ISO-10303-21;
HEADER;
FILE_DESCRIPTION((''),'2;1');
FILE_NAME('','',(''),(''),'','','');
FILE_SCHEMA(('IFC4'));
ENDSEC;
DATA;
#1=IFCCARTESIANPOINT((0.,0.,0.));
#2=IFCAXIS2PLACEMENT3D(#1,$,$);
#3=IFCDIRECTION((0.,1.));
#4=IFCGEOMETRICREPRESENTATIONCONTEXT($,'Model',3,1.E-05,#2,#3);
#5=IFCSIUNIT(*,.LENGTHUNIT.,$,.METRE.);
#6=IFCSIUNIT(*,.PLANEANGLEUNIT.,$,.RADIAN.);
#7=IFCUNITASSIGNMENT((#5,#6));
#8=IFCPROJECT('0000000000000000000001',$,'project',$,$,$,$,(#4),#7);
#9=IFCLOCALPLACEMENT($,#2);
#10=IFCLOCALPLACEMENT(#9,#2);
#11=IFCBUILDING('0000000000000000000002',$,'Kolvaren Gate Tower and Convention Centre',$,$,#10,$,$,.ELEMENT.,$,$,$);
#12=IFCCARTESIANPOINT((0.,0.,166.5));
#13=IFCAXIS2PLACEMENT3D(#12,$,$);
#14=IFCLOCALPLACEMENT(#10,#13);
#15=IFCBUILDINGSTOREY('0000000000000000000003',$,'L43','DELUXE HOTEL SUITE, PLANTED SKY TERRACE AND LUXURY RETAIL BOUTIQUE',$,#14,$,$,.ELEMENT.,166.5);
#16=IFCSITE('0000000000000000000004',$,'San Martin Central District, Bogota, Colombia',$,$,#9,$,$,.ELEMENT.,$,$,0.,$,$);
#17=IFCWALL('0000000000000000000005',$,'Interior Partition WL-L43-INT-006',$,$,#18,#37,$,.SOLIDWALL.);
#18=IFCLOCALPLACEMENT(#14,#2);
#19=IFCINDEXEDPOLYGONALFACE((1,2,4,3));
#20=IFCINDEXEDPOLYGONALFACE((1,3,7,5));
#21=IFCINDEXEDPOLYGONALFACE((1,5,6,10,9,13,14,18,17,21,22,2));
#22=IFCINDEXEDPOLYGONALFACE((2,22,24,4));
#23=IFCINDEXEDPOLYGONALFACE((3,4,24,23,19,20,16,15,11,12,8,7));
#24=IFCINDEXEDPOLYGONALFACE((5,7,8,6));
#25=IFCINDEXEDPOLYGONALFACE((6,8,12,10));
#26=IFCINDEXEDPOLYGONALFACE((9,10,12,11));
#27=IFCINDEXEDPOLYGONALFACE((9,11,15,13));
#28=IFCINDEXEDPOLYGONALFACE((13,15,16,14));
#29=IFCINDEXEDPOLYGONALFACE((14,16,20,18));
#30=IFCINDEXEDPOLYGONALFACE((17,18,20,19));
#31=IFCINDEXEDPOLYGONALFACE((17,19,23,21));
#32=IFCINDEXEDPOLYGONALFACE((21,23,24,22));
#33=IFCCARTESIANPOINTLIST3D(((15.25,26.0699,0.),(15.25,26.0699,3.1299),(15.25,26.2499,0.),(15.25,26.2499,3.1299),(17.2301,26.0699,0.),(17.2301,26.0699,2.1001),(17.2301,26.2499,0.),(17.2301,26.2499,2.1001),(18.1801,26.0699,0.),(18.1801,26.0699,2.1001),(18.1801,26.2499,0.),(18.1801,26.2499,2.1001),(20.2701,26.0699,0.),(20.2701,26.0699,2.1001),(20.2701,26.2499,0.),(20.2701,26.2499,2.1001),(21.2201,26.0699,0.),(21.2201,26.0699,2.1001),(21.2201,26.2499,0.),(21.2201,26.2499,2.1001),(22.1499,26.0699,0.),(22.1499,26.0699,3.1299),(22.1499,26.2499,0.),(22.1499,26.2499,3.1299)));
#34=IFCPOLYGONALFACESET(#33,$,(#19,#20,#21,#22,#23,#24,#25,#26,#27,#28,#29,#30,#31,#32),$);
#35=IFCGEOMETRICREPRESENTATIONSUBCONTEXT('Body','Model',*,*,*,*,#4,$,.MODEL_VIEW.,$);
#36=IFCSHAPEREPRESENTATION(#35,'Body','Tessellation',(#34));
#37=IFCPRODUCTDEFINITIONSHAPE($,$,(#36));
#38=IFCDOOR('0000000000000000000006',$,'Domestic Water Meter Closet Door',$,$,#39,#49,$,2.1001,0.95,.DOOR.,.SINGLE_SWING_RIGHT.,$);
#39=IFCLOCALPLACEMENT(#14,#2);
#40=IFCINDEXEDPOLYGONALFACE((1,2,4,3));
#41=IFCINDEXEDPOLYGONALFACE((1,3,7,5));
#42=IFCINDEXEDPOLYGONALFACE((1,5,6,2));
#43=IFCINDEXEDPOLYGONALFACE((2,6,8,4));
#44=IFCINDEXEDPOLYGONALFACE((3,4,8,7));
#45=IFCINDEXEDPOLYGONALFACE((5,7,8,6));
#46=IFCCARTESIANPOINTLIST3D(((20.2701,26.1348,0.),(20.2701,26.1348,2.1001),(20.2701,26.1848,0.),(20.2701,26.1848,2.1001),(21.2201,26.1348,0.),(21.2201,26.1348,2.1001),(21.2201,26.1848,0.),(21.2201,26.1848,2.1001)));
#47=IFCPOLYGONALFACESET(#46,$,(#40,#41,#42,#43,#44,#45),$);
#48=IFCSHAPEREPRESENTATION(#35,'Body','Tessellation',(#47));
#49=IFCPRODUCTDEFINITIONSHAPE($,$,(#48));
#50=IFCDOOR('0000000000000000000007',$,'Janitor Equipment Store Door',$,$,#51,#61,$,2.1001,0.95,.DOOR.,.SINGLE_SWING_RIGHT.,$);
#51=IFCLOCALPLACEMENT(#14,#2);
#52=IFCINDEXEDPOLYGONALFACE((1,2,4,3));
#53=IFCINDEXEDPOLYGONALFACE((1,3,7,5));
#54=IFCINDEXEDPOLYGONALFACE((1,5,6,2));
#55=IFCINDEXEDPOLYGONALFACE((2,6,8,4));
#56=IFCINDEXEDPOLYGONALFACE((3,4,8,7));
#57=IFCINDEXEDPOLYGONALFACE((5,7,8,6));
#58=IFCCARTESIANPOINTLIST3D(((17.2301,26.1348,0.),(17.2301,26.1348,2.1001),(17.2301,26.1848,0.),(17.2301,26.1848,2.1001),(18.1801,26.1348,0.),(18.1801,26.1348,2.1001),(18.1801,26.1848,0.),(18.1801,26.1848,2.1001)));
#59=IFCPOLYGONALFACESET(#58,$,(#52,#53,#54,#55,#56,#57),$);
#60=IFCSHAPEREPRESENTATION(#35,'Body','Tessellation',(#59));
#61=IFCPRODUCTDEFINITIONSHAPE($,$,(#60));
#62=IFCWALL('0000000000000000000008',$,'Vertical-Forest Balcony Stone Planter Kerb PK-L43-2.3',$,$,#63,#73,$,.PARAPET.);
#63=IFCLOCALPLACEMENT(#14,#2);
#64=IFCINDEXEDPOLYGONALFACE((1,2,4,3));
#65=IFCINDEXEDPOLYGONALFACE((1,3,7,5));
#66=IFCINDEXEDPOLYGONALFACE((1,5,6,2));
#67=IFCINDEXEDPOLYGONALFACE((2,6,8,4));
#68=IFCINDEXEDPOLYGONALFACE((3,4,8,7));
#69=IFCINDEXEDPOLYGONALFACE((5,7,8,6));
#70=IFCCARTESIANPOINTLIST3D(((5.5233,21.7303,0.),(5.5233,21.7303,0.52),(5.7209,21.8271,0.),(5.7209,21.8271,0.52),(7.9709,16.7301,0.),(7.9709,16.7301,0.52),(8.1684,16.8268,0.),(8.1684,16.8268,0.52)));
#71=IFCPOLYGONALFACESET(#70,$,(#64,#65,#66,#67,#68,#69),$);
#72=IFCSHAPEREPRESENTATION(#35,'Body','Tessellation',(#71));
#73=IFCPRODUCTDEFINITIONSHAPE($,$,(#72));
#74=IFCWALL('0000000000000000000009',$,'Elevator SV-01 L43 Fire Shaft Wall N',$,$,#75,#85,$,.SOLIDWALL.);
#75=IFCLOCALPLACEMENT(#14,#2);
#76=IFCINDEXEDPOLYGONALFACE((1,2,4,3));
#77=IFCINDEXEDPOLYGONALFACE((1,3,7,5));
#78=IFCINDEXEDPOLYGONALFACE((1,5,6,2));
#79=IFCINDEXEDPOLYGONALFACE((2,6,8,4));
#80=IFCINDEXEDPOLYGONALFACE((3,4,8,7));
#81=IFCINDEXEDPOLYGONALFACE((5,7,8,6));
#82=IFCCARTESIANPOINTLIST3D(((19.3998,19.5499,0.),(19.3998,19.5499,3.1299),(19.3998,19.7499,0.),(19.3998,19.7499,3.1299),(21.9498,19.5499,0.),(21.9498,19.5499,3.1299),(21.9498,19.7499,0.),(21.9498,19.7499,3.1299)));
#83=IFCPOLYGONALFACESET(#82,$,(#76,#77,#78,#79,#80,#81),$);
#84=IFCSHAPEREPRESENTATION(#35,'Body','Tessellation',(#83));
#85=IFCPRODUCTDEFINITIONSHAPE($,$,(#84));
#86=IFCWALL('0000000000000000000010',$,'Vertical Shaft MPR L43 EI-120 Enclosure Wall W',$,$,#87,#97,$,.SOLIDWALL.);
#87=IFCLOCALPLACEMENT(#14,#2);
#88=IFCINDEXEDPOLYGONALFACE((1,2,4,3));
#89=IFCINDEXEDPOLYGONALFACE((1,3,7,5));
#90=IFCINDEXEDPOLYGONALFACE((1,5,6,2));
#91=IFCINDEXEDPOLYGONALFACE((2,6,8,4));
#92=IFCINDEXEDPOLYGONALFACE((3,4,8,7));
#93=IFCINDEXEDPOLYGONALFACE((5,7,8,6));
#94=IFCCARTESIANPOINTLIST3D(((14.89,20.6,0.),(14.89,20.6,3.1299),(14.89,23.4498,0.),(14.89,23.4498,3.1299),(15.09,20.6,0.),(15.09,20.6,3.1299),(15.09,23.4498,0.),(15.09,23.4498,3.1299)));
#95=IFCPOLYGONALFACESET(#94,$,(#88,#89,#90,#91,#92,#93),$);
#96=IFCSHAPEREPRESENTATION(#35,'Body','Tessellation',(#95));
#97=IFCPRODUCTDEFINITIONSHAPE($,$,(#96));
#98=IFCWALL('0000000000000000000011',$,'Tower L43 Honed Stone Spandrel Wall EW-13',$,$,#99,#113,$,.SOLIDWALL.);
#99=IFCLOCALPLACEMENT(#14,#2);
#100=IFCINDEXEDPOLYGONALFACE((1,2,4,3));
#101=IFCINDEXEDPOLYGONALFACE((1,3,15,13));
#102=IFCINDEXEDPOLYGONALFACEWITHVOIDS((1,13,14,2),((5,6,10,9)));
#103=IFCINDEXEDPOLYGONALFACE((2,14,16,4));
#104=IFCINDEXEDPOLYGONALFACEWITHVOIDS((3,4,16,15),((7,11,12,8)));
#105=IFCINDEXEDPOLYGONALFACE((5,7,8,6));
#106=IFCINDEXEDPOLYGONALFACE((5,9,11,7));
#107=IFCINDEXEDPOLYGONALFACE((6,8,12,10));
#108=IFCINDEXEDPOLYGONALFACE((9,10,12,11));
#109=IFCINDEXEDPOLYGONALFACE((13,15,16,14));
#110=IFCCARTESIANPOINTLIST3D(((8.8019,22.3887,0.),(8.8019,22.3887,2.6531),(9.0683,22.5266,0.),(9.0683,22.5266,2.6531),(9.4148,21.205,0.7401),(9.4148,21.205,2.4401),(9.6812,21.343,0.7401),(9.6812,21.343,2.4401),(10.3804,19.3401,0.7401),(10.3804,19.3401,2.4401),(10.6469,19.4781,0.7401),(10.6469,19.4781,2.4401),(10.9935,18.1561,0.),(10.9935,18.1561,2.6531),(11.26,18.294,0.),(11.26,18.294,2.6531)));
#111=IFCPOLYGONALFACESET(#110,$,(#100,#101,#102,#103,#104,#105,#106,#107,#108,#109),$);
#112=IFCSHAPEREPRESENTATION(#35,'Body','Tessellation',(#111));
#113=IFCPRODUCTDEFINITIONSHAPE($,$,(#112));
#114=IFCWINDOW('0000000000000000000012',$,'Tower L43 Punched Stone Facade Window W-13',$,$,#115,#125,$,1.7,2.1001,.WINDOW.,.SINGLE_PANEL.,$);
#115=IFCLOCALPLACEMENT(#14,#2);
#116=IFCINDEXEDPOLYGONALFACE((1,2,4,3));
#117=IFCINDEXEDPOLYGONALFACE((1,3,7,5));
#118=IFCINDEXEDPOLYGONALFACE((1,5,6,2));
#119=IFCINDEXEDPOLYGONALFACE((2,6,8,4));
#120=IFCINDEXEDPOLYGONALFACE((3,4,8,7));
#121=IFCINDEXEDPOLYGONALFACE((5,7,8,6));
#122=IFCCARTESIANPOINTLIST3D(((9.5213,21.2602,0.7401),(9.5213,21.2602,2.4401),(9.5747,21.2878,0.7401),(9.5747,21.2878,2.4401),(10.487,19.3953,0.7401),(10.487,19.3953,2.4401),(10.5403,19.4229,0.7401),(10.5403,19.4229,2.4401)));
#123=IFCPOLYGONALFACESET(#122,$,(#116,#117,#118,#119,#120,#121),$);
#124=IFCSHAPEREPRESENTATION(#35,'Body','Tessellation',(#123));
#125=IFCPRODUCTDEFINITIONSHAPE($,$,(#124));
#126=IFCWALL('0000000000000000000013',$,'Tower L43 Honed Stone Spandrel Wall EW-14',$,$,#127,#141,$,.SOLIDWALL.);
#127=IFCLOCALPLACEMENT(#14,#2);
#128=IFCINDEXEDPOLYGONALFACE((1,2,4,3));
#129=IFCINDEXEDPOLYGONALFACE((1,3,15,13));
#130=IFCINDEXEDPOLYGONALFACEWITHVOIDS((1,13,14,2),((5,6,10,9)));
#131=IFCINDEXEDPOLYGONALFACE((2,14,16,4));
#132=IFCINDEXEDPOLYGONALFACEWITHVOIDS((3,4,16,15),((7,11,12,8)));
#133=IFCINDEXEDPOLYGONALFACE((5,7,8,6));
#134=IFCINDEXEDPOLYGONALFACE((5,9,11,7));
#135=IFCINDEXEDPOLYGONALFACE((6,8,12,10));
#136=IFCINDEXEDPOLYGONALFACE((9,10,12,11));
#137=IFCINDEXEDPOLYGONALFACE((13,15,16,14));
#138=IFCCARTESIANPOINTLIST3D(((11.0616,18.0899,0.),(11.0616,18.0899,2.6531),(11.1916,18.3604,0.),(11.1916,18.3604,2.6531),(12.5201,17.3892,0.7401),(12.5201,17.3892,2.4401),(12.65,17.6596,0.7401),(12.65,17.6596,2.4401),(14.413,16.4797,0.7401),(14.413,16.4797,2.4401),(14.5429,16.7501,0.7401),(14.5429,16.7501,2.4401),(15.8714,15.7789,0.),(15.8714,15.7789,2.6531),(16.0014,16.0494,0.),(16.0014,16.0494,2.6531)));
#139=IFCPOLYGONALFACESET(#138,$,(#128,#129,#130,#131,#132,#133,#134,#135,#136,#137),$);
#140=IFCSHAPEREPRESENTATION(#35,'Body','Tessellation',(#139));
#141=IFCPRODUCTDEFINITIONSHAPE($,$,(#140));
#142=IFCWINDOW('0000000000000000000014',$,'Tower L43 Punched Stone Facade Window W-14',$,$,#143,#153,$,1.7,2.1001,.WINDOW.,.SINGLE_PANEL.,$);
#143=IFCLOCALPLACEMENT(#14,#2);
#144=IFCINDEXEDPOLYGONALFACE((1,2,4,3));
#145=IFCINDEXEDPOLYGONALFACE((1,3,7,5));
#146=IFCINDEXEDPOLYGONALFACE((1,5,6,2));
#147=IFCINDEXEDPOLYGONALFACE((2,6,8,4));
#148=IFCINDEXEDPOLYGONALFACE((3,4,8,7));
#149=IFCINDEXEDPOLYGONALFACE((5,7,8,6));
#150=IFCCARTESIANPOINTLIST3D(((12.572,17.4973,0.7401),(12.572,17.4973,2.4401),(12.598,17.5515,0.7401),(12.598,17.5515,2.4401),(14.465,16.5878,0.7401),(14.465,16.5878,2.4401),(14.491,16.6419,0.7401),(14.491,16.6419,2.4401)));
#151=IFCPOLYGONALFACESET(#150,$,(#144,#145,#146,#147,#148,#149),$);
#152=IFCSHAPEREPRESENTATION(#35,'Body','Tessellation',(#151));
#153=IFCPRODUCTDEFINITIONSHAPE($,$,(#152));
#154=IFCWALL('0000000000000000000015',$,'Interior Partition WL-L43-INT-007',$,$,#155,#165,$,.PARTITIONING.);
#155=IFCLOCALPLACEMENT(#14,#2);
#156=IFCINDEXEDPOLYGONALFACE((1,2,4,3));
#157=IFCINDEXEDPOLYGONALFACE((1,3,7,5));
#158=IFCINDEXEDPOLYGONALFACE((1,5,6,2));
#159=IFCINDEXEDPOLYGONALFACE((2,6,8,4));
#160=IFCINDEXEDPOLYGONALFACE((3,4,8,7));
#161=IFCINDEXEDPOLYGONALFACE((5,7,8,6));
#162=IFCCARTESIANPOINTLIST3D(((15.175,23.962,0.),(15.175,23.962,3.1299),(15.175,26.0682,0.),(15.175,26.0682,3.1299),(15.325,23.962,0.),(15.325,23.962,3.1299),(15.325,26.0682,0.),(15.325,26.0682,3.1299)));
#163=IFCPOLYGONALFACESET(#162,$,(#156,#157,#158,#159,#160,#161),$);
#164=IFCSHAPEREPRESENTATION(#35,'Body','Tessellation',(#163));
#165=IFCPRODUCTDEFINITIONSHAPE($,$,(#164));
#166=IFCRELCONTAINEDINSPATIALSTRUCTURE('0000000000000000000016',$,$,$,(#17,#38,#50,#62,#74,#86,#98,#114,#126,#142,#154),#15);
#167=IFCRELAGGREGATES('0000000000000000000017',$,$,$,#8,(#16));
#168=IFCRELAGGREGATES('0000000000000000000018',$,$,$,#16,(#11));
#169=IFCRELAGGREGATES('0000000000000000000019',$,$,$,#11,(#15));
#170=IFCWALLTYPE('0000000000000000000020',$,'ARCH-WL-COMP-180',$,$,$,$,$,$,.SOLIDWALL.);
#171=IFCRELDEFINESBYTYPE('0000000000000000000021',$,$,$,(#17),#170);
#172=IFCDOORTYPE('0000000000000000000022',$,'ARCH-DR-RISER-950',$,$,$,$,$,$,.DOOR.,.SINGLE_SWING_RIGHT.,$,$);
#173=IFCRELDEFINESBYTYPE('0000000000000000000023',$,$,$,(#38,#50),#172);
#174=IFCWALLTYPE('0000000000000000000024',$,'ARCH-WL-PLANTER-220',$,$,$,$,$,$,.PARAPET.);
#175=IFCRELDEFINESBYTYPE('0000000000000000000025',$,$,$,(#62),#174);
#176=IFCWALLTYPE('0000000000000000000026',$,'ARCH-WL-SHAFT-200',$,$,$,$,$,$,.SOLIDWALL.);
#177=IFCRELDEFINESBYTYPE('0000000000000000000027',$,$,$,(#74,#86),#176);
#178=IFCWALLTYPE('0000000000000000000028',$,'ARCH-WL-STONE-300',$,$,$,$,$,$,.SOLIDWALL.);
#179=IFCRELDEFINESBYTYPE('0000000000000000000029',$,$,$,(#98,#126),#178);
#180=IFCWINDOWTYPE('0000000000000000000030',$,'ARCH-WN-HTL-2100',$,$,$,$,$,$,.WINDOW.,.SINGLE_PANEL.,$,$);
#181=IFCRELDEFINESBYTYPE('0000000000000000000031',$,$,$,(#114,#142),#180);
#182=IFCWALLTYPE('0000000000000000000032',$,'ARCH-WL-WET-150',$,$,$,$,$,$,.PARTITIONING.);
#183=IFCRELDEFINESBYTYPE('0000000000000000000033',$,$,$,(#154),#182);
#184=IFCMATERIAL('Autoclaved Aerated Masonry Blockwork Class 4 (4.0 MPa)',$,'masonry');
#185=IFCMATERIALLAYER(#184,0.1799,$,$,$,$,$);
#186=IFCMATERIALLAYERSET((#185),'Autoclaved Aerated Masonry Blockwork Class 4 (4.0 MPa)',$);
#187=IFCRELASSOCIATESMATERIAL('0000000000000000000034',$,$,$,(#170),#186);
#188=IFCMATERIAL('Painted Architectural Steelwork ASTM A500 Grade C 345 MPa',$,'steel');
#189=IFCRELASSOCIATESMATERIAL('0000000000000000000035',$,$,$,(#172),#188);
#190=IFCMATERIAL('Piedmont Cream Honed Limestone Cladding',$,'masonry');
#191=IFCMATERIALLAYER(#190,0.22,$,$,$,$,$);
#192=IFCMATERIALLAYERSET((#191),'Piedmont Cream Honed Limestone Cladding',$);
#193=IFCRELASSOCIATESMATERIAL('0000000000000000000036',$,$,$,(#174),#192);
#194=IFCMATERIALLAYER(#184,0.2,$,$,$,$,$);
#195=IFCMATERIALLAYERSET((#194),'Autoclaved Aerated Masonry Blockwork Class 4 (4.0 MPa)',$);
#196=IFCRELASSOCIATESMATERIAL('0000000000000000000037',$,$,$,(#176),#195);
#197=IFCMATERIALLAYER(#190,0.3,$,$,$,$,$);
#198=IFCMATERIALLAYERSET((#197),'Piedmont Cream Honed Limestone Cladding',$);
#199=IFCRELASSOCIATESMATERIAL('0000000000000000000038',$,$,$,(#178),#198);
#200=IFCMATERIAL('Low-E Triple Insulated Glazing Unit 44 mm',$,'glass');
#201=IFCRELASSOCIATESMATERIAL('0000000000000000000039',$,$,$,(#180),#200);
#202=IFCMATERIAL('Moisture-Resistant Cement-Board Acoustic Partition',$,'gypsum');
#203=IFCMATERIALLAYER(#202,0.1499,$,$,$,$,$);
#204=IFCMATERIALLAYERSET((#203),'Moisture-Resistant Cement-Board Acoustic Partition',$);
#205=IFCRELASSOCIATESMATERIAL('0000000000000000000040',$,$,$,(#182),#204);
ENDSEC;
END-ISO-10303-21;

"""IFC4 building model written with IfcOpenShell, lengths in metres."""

from ifc_helpers import new_model, si_unit, direction, frame, frame_2d, origin, place, context, subcontext, project, spatial, rectangle, extrude, material, layer, layer_set, type_object, element, fill, save


model = new_model("IFC4")

# Units and contexts
model_context = context("Model", 3, precision=1e-05, world=origin(), true_north=direction((0.0, 1.0)))
body_context = subcontext(model_context, "Body", "Model", "MODEL_VIEW")
ifc_project = project(units=[si_unit("LENGTHUNIT", "METRE"), si_unit("PLANEANGLEUNIT", "RADIAN")], contexts=[model_context])

# Site, building, storey
site_placement = place(None, origin())
site = spatial("IfcSite", under=ifc_project, at=site_placement, Name="San Martin Central District, Bogota, Colombia", CompositionType="ELEMENT", RefElevation=0.0)
building_placement = place(site_placement, origin())
building = spatial("IfcBuilding", under=site, at=building_placement, Name="Kolvaren Gate Tower and Convention Centre", CompositionType="ELEMENT")
storey_placement = place(building_placement, frame((0.0, 0.0, 166.5)))
storey = spatial("IfcBuildingStorey", under=building, at=storey_placement, Name="L43", Description="DELUXE HOTEL SUITE, PLANTED SKY TERRACE AND LUXURY RETAIL BOUTIQUE", CompositionType="ELEMENT", Elevation=166.5)

# Wall, openings, doors
ifc_material_1 = material(Name="Autoclaved Aerated Masonry Blockwork Class 4 (4.0 MPa)", Category="masonry")
ifc_layer_1 = layer(ifc_material_1, 0.1799)
ifc_layer_set_1 = layer_set([ifc_layer_1], Name="Autoclaved Aerated Masonry Blockwork Class 4 (4.0 MPa)")
wall_type_1 = type_object("IfcWallType", Name="ARCH-WL-COMP-180", PredefinedType="SOLIDWALL", material=ifc_layer_set_1)
wall_1_placement = place(storey_placement, frame((15.25, 26.1599, 0.0), z_axis=(0.0, 0.0, 1.0), x_axis=(1.0, 0.0, 0.0)))
wall_1 = element("IfcWall", 1, at=wall_1_placement, inside=storey, type_object=wall_type_1, Name="Interior Partition WL-L43-INT-006", PredefinedType="SOLIDWALL", context=body_context, shape_type="SweptSolid", body=[
    extrude(rectangle(XDim=6.8999, YDim=0.1799, at=frame_2d((3.45, 0.0))), origin(), (0.0, 0.0, 1.0), 3.1299),
])
opening_1_placement = place(wall_1_placement, frame((5.02, 0.0, 0.0)))
opening_1 = element("IfcOpeningElement", 2, at=opening_1_placement, cuts=wall_1, PredefinedType="OPENING", context=body_context, shape_type="SweptSolid", body=[
    extrude(rectangle(XDim=0.95, YDim=2.1001, at=frame_2d((0.4751, 1.05))), frame((0.0, 0.0999, 0.0), z_axis=(0.0, -1.0, 0.0), x_axis=(1.0, 0.0, 0.0)), (0.0, 0.0, 1.0), 0.2),
])
opening_2_placement = place(wall_1_placement, frame((1.98, 0.0, 0.0)))
opening_2 = element("IfcOpeningElement", 3, at=opening_2_placement, cuts=wall_1, PredefinedType="OPENING", context=body_context, shape_type="SweptSolid", body=[
    extrude(rectangle(XDim=0.95, YDim=2.1001, at=frame_2d((0.4751, 1.05))), frame((0.0, 0.0999, 0.0), z_axis=(0.0, -1.0, 0.0), x_axis=(1.0, 0.0, 0.0)), (0.0, 0.0, 1.0), 0.2),
])
ifc_material_2 = material(Name="Painted Architectural Steelwork ASTM A500 Grade C 345 MPa", Category="steel")
door_type = type_object("IfcDoorType", Name="ARCH-DR-RISER-950", OperationType="SINGLE_SWING_RIGHT", PredefinedType="DOOR", material=ifc_material_2)
door_1_placement = place(opening_1_placement, origin())
door_1 = element("IfcDoor", 4, at=door_1_placement, inside=storey, type_object=door_type, Name="Domestic Water Meter Closet Door", OperationType="SINGLE_SWING_RIGHT", OverallHeight=2.1001, OverallWidth=0.95, PredefinedType="DOOR", context=body_context, shape_type="SweptSolid", body=[
    extrude(rectangle(XDim=0.95, YDim=2.1001, at=frame_2d((0.4751, 1.05))), frame((0.0, 0.0249, 0.0), z_axis=(0.0, -1.0, 0.0), x_axis=(1.0, 0.0, 0.0)), (0.0, 0.0, 1.0), 0.05),
])
fill(opening_1, door_1)
door_2_placement = place(opening_2_placement, origin())
door_2 = element("IfcDoor", 5, at=door_2_placement, inside=storey, type_object=door_type, Name="Janitor Equipment Store Door", OperationType="SINGLE_SWING_RIGHT", OverallHeight=2.1001, OverallWidth=0.95, PredefinedType="DOOR", context=body_context, shape_type="SweptSolid", body=[
    extrude(rectangle(XDim=0.95, YDim=2.1001, at=frame_2d((0.4751, 1.05))), frame((0.0, 0.0249, 0.0), z_axis=(0.0, -1.0, 0.0), x_axis=(1.0, 0.0, 0.0)), (0.0, 0.0, 1.0), 0.05),
])
fill(opening_2, door_2)

# Walls
ifc_material_3 = material(Name="Piedmont Cream Honed Limestone Cladding", Category="masonry")
ifc_layer_2 = layer(ifc_material_3, 0.22)
ifc_layer_set_2 = layer_set([ifc_layer_2], Name="Piedmont Cream Honed Limestone Cladding")
wall_type_2 = type_object("IfcWallType", Name="ARCH-WL-PLANTER-220", PredefinedType="PARAPET", material=ifc_layer_set_2)
wall_2_placement = place(storey_placement, frame((5.6221, 21.7788, 0.0), z_axis=(0.0, 0.0, 1.0), x_axis=(0.439637, -0.898175, 0.0)))
element("IfcWall", 6, at=wall_2_placement, inside=storey, type_object=wall_type_2, Name="Vertical-Forest Balcony Stone Planter Kerb PK-L43-2.3", PredefinedType="PARAPET", context=body_context, shape_type="SweptSolid", body=[
    extrude(rectangle(XDim=5.5671, YDim=0.22, at=frame_2d((2.7837, 0.0))), origin(), (0.0, 0.0, 1.0), 0.52),
])
ifc_layer_3 = layer(ifc_material_1, 0.2)
ifc_layer_set_3 = layer_set([ifc_layer_3], Name="Autoclaved Aerated Masonry Blockwork Class 4 (4.0 MPa)")
wall_type_3 = type_object("IfcWallType", Name="ARCH-WL-SHAFT-200", PredefinedType="SOLIDWALL", material=ifc_layer_set_3)
wall_3_placement = place(storey_placement, frame((19.3999, 19.6499, 0.0), z_axis=(0.0, 0.0, 1.0), x_axis=(1.0, 0.0, 0.0)))
element("IfcWall", 7, at=wall_3_placement, inside=storey, type_object=wall_type_3, Name="Elevator SV-01 L43 Fire Shaft Wall N", PredefinedType="SOLIDWALL", context=body_context, shape_type="SweptSolid", body=[
    extrude(rectangle(XDim=2.55, YDim=0.2, at=frame_2d((1.2749, 0.0))), origin(), (0.0, 0.0, 1.0), 3.1299),
])
wall_4_placement = place(storey_placement, frame((14.99, 20.6001, 0.0), z_axis=(0.0, 0.0, 1.0), x_axis=(0.0, 1.0, 0.0)))
element("IfcWall", 8, at=wall_4_placement, inside=storey, type_object=wall_type_3, Name="Vertical Shaft MPR L43 EI-120 Enclosure Wall W", PredefinedType="SOLIDWALL", context=body_context, shape_type="SweptSolid", body=[
    extrude(rectangle(XDim=2.8499, YDim=0.2, at=frame_2d((1.4248, 0.0))), origin(), (0.0, 0.0, 1.0), 3.1299),
])

# Walls, openings, windows
ifc_layer_4 = layer(ifc_material_3, 0.3)
ifc_layer_set_4 = layer_set([ifc_layer_4], Name="Piedmont Cream Honed Limestone Cladding")
wall_type_4 = type_object("IfcWallType", Name="ARCH-WL-STONE-300", PredefinedType="SOLIDWALL", material=ifc_layer_set_4)
wall_5_placement = place(storey_placement, frame((8.9351, 22.4578, 0.0), z_axis=(0.0, 0.0, 1.0), x_axis=(0.45981, -0.888017, 0.0)))
wall_5 = element("IfcWall", 9, at=wall_5_placement, inside=storey, type_object=wall_type_4, Name="Tower L43 Honed Stone Spandrel Wall EW-13", PredefinedType="SOLIDWALL", context=body_context, shape_type="SweptSolid", body=[
    extrude(rectangle(XDim=4.7664, YDim=0.3, at=frame_2d((2.3833, 0.0))), origin(), (0.0, 0.0, 1.0), 2.6531),
])
opening_3_placement = place(wall_5_placement, frame((1.333, 0.0, 0.74)))
opening_3 = element("IfcOpeningElement", 10, at=opening_3_placement, cuts=wall_5, PredefinedType="OPENING", context=body_context, shape_type="SweptSolid", body=[
    extrude(rectangle(XDim=2.1001, YDim=1.7, at=frame_2d((1.05, 0.8501))), frame((0.0, 0.1599, 0.0), z_axis=(0.0, -1.0, 0.0), x_axis=(1.0, 0.0, 0.0)), (0.0, 0.0, 1.0), 0.3201),
])
ifc_material_4 = material(Name="Low-E Triple Insulated Glazing Unit 44 mm", Category="glass")
window_type = type_object("IfcWindowType", Name="ARCH-WN-HTL-2100", PartitioningType="SINGLE_PANEL", PredefinedType="WINDOW", material=ifc_material_4)
window_1_placement = place(opening_3_placement, origin())
window_1 = element("IfcWindow", 11, at=window_1_placement, inside=storey, type_object=window_type, Name="Tower L43 Punched Stone Facade Window W-13", OverallHeight=1.7, OverallWidth=2.1001, PartitioningType="SINGLE_PANEL", PredefinedType="WINDOW", context=body_context, shape_type="SweptSolid", body=[
    extrude(rectangle(XDim=2.1001, YDim=1.7, at=frame_2d((1.05, 0.8501))), frame((0.0, 0.03, 0.0), z_axis=(0.0, -1.0, 0.0), x_axis=(1.0, 0.0, 0.0)), (0.0, 0.0, 1.0), 0.0601),
])
fill(opening_3, window_1)
wall_6_placement = place(storey_placement, frame((11.1267, 18.2251, 0.0), z_axis=(0.0, 0.0, 1.0), x_axis=(0.901353, -0.433085, 0.0)))
wall_6 = element("IfcWall", 12, at=wall_6_placement, inside=storey, type_object=wall_type_4, Name="Tower L43 Honed Stone Spandrel Wall EW-14", PredefinedType="SOLIDWALL", context=body_context, shape_type="SweptSolid", body=[
    extrude(rectangle(XDim=5.3362, YDim=0.3, at=frame_2d((2.668, 0.0))), origin(), (0.0, 0.0, 1.0), 2.6531),
])
opening_4_placement = place(wall_6_placement, frame((1.6179, 0.0, 0.74)))
opening_4 = element("IfcOpeningElement", 13, at=opening_4_placement, cuts=wall_6, PredefinedType="OPENING", context=body_context, shape_type="SweptSolid", body=[
    extrude(rectangle(XDim=2.1001, YDim=1.7, at=frame_2d((1.05, 0.8501))), frame((0.0, 0.1599, 0.0), z_axis=(0.0, -1.0, 0.0), x_axis=(1.0, 0.0, 0.0)), (0.0, 0.0, 1.0), 0.3201),
])
window_2_placement = place(opening_4_placement, origin())
window_2 = element("IfcWindow", 14, at=window_2_placement, inside=storey, type_object=window_type, Name="Tower L43 Punched Stone Facade Window W-14", OverallHeight=1.7, OverallWidth=2.1001, PartitioningType="SINGLE_PANEL", PredefinedType="WINDOW", context=body_context, shape_type="SweptSolid", body=[
    extrude(rectangle(XDim=2.1001, YDim=1.7, at=frame_2d((1.05, 0.8501))), frame((0.0, 0.03, 0.0), z_axis=(0.0, -1.0, 0.0), x_axis=(1.0, 0.0, 0.0)), (0.0, 0.0, 1.0), 0.0601),
])
fill(opening_4, window_2)

# Wall
ifc_material_5 = material(Name="Moisture-Resistant Cement-Board Acoustic Partition", Category="gypsum")
ifc_layer_5 = layer(ifc_material_5, 0.1499)
ifc_layer_set_5 = layer_set([ifc_layer_5], Name="Moisture-Resistant Cement-Board Acoustic Partition")
wall_type_5 = type_object("IfcWallType", Name="ARCH-WL-WET-150", PredefinedType="PARTITIONING", material=ifc_layer_set_5)
wall_7_placement = place(storey_placement, frame((15.25, 23.9619, 0.0), z_axis=(0.0, 0.0, 1.0), x_axis=(0.0, 1.0, 0.0)))
element("IfcWall", 15, at=wall_7_placement, inside=storey, type_object=wall_type_5, Name="Interior Partition WL-L43-INT-007", PredefinedType="PARTITIONING", context=body_context, shape_type="SweptSolid", body=[
    extrude(rectangle(XDim=2.1062, YDim=0.1499, at=frame_2d((1.0532, 0.0))), origin(), (0.0, 0.0, 1.0), 3.1299),
])

save(model, "model.ifc")
